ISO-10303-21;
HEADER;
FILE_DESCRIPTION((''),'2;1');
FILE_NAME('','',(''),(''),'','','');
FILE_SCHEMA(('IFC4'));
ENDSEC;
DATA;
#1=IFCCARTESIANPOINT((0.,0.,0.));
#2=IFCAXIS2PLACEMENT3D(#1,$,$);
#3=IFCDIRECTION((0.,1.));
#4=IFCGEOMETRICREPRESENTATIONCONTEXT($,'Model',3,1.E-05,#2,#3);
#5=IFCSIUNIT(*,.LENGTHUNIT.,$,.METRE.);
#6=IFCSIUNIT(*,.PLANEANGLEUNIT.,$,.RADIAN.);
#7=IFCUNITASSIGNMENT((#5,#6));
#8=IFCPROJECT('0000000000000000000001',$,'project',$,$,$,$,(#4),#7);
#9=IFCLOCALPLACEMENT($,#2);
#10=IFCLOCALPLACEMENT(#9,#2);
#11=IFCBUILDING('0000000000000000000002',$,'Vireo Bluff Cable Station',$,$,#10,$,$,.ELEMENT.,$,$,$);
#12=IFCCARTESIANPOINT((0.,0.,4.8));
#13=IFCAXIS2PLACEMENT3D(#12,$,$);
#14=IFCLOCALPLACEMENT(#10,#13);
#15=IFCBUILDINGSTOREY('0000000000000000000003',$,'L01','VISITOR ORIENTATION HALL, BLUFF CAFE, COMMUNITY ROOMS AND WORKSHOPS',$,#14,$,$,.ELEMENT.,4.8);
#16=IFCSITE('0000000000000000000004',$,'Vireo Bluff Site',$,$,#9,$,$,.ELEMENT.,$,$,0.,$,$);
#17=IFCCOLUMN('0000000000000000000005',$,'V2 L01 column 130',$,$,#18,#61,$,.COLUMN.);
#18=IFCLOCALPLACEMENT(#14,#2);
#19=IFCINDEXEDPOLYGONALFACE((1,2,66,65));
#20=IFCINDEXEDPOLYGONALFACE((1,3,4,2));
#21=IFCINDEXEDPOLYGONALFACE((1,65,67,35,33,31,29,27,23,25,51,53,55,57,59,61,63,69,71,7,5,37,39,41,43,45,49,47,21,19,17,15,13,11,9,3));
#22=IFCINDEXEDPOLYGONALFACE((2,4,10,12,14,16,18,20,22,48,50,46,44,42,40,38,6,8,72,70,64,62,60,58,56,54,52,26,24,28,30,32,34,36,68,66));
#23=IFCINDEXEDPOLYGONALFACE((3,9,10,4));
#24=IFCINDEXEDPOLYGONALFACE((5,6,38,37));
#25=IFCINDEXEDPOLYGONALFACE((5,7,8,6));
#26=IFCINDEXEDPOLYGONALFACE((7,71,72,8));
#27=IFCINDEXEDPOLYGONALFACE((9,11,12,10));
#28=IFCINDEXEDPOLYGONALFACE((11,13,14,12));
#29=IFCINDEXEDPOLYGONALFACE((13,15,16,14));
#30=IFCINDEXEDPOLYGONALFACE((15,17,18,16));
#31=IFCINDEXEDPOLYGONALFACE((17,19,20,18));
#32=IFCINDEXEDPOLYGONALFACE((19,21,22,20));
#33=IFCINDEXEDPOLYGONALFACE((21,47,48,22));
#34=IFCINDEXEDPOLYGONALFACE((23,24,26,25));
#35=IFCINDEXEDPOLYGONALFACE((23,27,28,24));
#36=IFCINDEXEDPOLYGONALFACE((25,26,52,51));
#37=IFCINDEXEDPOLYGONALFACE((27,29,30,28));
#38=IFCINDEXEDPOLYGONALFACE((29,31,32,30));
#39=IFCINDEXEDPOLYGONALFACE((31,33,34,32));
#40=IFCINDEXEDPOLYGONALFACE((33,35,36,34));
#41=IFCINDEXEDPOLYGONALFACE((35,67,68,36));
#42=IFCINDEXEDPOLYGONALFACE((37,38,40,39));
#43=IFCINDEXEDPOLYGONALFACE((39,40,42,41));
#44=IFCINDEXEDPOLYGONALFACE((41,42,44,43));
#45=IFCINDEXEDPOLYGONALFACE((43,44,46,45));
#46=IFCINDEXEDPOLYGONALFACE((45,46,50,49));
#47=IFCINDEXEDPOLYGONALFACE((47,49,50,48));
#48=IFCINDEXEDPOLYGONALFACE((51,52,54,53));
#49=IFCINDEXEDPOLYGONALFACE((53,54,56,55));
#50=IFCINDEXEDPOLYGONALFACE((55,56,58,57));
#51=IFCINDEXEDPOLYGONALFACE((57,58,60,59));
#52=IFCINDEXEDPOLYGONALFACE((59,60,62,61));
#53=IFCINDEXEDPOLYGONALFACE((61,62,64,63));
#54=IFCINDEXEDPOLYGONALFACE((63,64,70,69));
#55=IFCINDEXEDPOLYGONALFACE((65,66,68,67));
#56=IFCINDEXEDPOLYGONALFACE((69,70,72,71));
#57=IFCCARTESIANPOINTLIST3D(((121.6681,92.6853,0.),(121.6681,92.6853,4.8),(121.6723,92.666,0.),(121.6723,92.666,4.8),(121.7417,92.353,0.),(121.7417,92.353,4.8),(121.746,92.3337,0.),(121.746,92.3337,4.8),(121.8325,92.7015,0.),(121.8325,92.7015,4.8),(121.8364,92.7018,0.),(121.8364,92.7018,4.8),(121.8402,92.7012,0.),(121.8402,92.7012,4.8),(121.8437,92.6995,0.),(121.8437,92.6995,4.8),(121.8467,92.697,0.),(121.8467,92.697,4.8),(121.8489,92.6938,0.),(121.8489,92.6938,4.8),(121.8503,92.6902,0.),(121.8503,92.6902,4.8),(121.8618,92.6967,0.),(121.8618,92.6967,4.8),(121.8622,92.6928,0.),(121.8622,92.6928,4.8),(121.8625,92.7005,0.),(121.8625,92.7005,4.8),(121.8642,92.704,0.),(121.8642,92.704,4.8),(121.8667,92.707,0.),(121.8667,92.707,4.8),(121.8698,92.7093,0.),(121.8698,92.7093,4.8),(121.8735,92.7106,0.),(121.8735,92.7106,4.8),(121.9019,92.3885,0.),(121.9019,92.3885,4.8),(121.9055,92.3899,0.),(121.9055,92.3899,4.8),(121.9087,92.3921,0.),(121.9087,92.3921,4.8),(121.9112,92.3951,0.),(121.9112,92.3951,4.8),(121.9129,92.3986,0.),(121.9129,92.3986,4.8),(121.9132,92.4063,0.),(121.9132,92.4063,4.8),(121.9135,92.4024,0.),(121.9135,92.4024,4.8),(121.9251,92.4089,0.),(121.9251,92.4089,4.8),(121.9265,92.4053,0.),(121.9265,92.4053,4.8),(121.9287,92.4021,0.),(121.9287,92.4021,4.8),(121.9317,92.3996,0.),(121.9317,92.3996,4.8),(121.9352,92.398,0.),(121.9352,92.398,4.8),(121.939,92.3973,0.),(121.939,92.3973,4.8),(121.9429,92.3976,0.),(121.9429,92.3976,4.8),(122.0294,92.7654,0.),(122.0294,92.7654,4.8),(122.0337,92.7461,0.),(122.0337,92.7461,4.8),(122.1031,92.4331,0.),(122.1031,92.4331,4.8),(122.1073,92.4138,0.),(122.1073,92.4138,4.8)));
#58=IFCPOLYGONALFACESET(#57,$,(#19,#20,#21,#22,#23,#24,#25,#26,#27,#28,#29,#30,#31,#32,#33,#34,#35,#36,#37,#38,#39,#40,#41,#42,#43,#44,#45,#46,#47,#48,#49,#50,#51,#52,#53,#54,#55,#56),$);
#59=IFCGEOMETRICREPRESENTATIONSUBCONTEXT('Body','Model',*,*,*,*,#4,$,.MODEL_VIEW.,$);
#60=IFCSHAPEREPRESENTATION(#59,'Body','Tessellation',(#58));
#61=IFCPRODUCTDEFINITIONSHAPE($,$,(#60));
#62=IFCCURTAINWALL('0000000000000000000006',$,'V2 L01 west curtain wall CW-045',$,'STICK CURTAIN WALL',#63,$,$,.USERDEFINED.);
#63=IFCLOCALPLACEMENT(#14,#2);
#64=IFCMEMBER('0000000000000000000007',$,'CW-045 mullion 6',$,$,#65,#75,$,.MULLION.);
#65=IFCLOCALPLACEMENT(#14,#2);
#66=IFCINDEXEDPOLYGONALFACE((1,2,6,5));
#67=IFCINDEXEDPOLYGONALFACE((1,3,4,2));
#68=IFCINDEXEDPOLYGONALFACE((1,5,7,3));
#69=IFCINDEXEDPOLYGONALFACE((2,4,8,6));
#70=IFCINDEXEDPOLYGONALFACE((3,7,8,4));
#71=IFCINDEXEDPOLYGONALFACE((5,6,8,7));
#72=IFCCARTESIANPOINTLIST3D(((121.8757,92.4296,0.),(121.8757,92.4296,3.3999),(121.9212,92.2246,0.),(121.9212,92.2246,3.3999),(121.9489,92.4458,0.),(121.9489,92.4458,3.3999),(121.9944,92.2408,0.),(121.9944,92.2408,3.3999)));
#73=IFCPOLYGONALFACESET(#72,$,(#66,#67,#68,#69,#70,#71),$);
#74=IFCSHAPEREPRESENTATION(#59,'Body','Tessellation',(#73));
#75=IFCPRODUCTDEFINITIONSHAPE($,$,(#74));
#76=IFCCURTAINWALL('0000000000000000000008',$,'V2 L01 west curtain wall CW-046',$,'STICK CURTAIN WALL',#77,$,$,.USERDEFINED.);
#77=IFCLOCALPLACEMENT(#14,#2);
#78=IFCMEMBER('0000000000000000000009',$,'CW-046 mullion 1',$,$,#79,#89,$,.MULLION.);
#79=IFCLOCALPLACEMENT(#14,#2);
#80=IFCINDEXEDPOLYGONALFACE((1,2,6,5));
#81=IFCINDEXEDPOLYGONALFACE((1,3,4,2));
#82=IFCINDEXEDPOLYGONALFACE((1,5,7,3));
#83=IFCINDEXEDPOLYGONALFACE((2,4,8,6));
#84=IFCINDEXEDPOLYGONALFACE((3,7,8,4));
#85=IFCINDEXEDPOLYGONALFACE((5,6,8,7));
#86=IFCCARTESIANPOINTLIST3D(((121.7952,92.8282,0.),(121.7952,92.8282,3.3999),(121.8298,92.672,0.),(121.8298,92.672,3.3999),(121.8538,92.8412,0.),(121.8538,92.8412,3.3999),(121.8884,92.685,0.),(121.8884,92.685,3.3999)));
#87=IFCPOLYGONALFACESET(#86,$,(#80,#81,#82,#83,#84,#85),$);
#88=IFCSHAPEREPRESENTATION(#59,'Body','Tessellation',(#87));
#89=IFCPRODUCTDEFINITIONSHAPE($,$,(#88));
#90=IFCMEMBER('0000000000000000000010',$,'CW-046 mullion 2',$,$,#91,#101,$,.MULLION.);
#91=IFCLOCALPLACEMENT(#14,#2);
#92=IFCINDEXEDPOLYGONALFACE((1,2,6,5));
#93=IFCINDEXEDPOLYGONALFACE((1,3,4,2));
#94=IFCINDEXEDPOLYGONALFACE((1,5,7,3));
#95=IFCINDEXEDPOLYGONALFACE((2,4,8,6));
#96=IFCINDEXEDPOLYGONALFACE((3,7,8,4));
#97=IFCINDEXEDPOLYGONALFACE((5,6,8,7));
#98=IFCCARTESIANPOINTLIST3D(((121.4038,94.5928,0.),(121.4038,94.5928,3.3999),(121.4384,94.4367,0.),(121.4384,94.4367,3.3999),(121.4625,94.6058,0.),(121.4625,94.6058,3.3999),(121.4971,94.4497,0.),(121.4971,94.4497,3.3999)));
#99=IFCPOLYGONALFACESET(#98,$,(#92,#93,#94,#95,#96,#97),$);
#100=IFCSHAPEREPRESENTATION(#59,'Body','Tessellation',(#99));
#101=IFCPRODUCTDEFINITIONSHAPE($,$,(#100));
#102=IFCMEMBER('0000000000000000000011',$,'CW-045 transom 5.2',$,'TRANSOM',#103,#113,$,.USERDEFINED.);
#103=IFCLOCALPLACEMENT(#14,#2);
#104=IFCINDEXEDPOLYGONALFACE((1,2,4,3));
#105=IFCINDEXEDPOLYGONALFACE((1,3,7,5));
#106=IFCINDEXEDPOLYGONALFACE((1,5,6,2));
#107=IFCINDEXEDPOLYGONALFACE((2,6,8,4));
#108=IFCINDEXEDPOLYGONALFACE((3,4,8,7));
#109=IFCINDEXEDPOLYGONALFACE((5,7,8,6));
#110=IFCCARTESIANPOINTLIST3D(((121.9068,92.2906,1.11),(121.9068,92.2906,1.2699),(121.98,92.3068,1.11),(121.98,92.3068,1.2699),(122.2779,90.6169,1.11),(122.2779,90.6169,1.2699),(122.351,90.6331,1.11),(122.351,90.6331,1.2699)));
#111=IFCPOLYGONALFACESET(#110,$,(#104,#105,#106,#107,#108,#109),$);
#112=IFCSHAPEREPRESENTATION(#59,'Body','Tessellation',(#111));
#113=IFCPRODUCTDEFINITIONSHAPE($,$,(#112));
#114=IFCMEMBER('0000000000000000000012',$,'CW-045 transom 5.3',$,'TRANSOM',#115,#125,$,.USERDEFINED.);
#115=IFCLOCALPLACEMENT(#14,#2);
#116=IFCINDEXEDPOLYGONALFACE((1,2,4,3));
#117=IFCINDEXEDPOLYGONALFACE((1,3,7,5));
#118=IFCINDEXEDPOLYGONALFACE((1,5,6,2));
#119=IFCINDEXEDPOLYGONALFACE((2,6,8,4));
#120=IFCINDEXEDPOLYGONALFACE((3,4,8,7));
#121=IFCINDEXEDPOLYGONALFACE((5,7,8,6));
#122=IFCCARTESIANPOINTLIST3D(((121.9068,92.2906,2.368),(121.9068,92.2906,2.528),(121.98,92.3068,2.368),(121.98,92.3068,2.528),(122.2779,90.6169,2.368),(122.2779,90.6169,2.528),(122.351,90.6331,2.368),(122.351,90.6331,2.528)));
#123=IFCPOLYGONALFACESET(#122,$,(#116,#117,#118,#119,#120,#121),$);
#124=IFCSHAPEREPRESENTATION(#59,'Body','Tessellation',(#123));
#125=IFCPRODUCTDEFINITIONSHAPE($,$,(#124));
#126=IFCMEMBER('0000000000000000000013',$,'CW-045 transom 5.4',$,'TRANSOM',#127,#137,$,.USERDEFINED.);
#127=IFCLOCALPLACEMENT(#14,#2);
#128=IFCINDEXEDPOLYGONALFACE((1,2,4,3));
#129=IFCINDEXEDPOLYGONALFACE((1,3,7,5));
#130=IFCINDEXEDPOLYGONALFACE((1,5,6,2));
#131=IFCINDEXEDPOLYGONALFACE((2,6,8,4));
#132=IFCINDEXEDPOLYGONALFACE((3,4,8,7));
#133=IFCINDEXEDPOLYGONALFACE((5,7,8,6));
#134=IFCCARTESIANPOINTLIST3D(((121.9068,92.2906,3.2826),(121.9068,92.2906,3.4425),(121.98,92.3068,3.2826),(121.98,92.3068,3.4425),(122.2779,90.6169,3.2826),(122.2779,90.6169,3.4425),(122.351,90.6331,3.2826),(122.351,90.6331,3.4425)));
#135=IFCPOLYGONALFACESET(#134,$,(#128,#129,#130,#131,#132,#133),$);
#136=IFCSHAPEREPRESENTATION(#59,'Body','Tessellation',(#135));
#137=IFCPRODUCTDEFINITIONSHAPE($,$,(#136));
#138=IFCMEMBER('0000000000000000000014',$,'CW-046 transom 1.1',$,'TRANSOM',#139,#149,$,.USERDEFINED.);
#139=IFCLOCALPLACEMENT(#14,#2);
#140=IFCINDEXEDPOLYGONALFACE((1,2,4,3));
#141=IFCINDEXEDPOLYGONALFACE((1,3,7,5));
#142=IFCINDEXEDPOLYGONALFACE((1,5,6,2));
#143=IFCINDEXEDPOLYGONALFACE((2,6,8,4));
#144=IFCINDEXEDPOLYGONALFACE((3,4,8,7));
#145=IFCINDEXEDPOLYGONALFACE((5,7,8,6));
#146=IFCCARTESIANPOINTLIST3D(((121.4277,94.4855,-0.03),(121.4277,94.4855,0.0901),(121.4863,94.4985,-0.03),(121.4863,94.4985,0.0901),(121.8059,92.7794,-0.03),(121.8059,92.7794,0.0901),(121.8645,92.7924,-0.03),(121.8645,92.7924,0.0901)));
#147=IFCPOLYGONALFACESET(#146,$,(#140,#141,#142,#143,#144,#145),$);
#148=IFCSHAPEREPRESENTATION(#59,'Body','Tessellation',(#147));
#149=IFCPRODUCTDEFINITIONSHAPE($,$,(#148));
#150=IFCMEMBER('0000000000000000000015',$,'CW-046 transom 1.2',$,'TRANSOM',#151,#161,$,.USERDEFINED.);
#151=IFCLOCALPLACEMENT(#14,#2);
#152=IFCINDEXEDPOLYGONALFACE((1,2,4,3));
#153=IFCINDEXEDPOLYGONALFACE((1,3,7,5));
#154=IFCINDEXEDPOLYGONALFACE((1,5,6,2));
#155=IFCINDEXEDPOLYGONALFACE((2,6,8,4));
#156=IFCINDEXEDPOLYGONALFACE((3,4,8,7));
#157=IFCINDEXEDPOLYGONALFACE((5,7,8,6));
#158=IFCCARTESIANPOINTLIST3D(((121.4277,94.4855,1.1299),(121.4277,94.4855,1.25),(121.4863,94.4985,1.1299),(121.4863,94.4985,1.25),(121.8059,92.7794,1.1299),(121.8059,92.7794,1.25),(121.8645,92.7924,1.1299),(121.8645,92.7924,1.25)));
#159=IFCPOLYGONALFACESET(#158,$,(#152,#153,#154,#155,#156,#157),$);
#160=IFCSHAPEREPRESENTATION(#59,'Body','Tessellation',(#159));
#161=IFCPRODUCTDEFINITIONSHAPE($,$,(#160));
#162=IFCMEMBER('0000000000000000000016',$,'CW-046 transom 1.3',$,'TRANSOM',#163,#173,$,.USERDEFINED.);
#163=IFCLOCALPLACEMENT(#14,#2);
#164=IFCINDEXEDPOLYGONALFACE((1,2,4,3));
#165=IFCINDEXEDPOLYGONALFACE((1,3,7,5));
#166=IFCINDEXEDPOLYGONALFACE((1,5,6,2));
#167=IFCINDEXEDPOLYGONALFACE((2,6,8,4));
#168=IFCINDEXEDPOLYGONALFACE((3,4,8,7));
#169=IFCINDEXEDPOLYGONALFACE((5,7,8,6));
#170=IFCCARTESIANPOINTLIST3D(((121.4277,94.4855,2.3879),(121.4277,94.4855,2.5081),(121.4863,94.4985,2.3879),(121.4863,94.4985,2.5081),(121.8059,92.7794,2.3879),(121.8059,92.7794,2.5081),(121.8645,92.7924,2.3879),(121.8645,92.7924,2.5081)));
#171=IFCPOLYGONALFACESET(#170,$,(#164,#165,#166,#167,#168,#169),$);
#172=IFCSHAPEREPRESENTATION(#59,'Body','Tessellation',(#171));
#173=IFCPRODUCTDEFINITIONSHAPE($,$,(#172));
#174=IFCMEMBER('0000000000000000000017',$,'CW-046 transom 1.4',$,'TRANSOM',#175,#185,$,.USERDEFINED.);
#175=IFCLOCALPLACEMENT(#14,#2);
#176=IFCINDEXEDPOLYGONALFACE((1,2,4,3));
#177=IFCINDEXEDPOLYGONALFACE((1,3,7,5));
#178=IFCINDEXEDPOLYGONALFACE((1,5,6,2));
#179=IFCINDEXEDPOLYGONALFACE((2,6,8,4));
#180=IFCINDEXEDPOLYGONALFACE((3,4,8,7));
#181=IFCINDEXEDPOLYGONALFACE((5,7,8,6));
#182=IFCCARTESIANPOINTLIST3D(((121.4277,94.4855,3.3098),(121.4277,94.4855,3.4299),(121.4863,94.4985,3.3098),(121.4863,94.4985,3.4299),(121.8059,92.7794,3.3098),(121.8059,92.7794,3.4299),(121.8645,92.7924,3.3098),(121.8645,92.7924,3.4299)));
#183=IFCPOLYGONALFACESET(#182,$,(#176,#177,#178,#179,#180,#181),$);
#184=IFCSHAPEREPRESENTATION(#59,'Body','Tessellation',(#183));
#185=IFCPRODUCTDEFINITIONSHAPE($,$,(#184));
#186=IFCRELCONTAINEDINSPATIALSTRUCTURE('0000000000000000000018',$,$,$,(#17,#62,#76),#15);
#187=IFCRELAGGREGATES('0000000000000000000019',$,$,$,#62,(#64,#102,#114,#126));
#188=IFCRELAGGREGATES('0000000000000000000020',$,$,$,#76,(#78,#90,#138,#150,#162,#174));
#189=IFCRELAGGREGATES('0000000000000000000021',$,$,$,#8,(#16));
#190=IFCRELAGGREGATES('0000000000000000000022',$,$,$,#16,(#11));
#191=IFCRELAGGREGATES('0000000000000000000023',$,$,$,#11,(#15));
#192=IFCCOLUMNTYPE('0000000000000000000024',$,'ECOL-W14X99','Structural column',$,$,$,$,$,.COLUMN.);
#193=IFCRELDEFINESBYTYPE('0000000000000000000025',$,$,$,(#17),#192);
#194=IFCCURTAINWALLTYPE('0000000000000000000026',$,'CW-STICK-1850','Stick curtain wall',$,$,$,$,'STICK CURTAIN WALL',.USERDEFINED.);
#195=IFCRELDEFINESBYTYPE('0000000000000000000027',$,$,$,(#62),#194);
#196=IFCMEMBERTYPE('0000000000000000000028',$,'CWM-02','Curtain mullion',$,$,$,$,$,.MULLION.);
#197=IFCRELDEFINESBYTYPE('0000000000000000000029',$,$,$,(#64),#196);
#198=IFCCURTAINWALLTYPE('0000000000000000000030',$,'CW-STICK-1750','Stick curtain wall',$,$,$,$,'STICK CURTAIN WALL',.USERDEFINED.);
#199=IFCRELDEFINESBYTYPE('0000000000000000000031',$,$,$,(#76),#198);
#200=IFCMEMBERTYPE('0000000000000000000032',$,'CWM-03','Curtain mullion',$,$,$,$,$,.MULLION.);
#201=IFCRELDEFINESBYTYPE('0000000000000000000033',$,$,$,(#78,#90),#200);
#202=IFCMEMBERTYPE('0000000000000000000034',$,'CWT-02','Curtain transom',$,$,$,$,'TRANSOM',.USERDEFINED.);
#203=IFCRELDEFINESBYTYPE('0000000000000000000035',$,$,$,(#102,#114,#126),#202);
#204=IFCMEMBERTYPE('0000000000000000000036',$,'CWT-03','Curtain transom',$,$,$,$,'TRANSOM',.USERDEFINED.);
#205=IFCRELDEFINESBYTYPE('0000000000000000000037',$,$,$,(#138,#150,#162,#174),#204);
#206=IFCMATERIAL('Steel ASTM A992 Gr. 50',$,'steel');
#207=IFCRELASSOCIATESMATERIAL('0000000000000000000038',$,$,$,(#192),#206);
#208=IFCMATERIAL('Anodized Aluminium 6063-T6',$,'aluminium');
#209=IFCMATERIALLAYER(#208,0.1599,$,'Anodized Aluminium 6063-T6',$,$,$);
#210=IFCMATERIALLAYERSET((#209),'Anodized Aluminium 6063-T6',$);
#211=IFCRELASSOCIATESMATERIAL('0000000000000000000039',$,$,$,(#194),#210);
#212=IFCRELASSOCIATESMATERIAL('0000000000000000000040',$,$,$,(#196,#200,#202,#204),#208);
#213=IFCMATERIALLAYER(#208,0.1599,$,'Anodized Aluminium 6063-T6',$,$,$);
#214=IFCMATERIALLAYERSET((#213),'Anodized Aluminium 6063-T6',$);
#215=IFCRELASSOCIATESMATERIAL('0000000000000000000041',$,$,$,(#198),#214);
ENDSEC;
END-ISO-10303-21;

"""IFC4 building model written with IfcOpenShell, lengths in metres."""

from ifc_helpers import new_model, si_unit, direction, frame, origin, origin_2d, place, context, subcontext, project, spatial, rectangle, i_section, extrude, material, layer, layer_set, material_profile, profile_set, type_object, element, aggregate, save


model = new_model("IFC4")

# Units and contexts
model_context = context("Model", 3, precision=1e-05, world=origin(), true_north=direction((0.0, 1.0)))
body_context = subcontext(model_context, "Body", "Model", "MODEL_VIEW")
ifc_project = project(units=[si_unit("LENGTHUNIT", "METRE"), si_unit("PLANEANGLEUNIT", "RADIAN")], contexts=[model_context])

# Site, building, storey
site_placement = place(None, origin())
site = spatial("IfcSite", under=ifc_project, at=site_placement, Name="Vireo Bluff Site", CompositionType="ELEMENT", RefElevation=0.0)
building_placement = place(site_placement, origin())
building = spatial("IfcBuilding", under=site, at=building_placement, Name="Vireo Bluff Cable Station", CompositionType="ELEMENT")
storey_placement = place(building_placement, frame((0.0, 0.0, 4.8)))
storey = spatial("IfcBuildingStorey", under=building, at=storey_placement, Name="L01", Description="VISITOR ORIENTATION HALL, BLUFF CAFE, COMMUNITY ROOMS AND WORKSHOPS", CompositionType="ELEMENT", Elevation=4.8)

# Column
ifc_material_1 = material(Name="Steel ASTM A992 Gr. 50", Category="steel")
ifc_material_profile_1 = material_profile(ifc_material_1, i_section(OverallWidth=0.3701, OverallDepth=0.3601, WebThickness=0.0122, FlangeThickness=0.0198, FilletRadius=0.0149, at=origin_2d()), Name="W14X99")
ifc_profile_set_1 = profile_set([ifc_material_profile_1], Name="Steel ASTM A992 Gr. 50")
column_type = type_object("IfcColumnType", Name="ECOL-W14X99", Description="Structural column", PredefinedType="COLUMN", material=ifc_profile_set_1)
column_placement = place(storey_placement, frame((121.8877, 92.5496, 0.0), z_axis=(0.0, 0.0, 1.0), x_axis=(0.976296, 0.21644, 0.0)))
element("IfcColumn", 1, at=column_placement, inside=storey, type_object=column_type, Name="V2 L01 column 130", PredefinedType="COLUMN", context=body_context, shape_type="SweptSolid", body=[
    extrude(i_section(OverallWidth=0.3701, OverallDepth=0.3601, WebThickness=0.0122, FlangeThickness=0.0198, FilletRadius=0.0149, at=origin_2d()), origin(), (0.0, 0.0, 1.0), 4.8),
])

# Curtain wall, member
ifc_material_2 = material(Name="Anodized Aluminium 6063-T6", Category="aluminium")
ifc_layer_1 = layer(ifc_material_2, 0.1599, Name="Anodized Aluminium 6063-T6")
ifc_layer_set_1 = layer_set([ifc_layer_1], Name="Anodized Aluminium 6063-T6")
curtain_wall_type_1 = type_object("IfcCurtainWallType", Name="CW-STICK-1850", Description="Stick curtain wall", ElementType="STICK CURTAIN WALL", PredefinedType="USERDEFINED", material=ifc_layer_set_1)
curtain_wall_1_placement = place(storey_placement, origin())
curtain_wall_1 = element("IfcCurtainWall", 2, at=curtain_wall_1_placement, inside=storey, type_object=curtain_wall_type_1, Name="V2 L01 west curtain wall CW-045", ObjectType="STICK CURTAIN WALL", PredefinedType="USERDEFINED")
ifc_material_profile_2 = material_profile(ifc_material_2, rectangle(XDim=0.075, YDim=0.21, at=origin_2d()), Name="ALU-M-75X210")
ifc_profile_set_2 = profile_set([ifc_material_profile_2], Name="Anodized Aluminium 6063-T6")
member_type_1 = type_object("IfcMemberType", Name="CWM-02", Description="Curtain mullion", PredefinedType="MULLION", material=ifc_profile_set_2)
member_1_placement = place(storey_placement, frame((121.9351, 92.3352, 0.0), z_axis=(0.0, 0.0, 1.0), x_axis=(-0.976296, -0.21644, 0.0)))
member_1 = element("IfcMember", 3, at=member_1_placement, type_object=member_type_1, Name="CW-045 mullion 6", PredefinedType="MULLION", context=body_context, shape_type="SweptSolid", body=[
    extrude(rectangle(XDim=0.075, YDim=0.21, at=origin_2d()), origin(), (0.0, 0.0, 1.0), 3.3999),
])

# Curtain wall, members
ifc_layer_2 = layer(ifc_material_2, 0.1599, Name="Anodized Aluminium 6063-T6")
ifc_layer_set_2 = layer_set([ifc_layer_2], Name="Anodized Aluminium 6063-T6")
curtain_wall_type_2 = type_object("IfcCurtainWallType", Name="CW-STICK-1750", Description="Stick curtain wall", ElementType="STICK CURTAIN WALL", PredefinedType="USERDEFINED", material=ifc_layer_set_2)
curtain_wall_2_placement = place(storey_placement, origin())
curtain_wall_2 = element("IfcCurtainWall", 4, at=curtain_wall_2_placement, inside=storey, type_object=curtain_wall_type_2, Name="V2 L01 west curtain wall CW-046", ObjectType="STICK CURTAIN WALL", PredefinedType="USERDEFINED")
ifc_material_profile_3 = material_profile(ifc_material_2, rectangle(XDim=0.0601, YDim=0.1599, at=origin_2d()), Name="ALU-M-60X160")
ifc_profile_set_3 = profile_set([ifc_material_profile_3], Name="Anodized Aluminium 6063-T6")
member_type_2 = type_object("IfcMemberType", Name="CWM-03", Description="Curtain mullion", PredefinedType="MULLION", material=ifc_profile_set_3)
member_2_placement = place(storey_placement, frame((121.8418, 92.7566, 0.0), z_axis=(0.0, 0.0, 1.0), x_axis=(-0.976296, -0.21644, 0.0)))
member_2 = element("IfcMember", 5, at=member_2_placement, type_object=member_type_2, Name="CW-046 mullion 1", PredefinedType="MULLION", context=body_context, shape_type="SweptSolid", body=[
    extrude(rectangle(XDim=0.0601, YDim=0.1599, at=origin_2d()), origin(), (0.0, 0.0, 1.0), 3.3999),
])
member_3_placement = place(storey_placement, frame((121.4504, 94.5212, 0.0), z_axis=(0.0, 0.0, 1.0), x_axis=(-0.976296, -0.21644, 0.0)))
member_3 = element("IfcMember", 6, at=member_3_placement, type_object=member_type_2, Name="CW-046 mullion 2", PredefinedType="MULLION", context=body_context, shape_type="SweptSolid", body=[
    extrude(rectangle(XDim=0.0601, YDim=0.1599, at=origin_2d()), origin(), (0.0, 0.0, 1.0), 3.3999),
])

# Members
ifc_material_profile_4 = material_profile(ifc_material_2, rectangle(XDim=0.075, YDim=0.1599, at=origin_2d()), Name="ALU-T-75X160")
ifc_profile_set_4 = profile_set([ifc_material_profile_4], Name="Anodized Aluminium 6063-T6")
member_type_3 = type_object("IfcMemberType", Name="CWT-02", Description="Curtain transom", ElementType="TRANSOM", PredefinedType="USERDEFINED", material=ifc_profile_set_4)
member_4_placement = place(storey_placement, frame((122.3145, 90.625, 1.1899), z_axis=(-0.216448, 0.976294, 0.0), x_axis=(-0.976294, -0.216448, 0.0)))
member_4 = element("IfcMember", 7, at=member_4_placement, type_object=member_type_3, Name="CW-045 transom 5.2", ObjectType="TRANSOM", PredefinedType="USERDEFINED", context=body_context, shape_type="SweptSolid", body=[
    extrude(rectangle(XDim=0.075, YDim=0.1599, at=origin_2d()), origin(), (0.0, 0.0, 1.0), 1.7144),
])
member_5_placement = place(storey_placement, frame((122.3145, 90.625, 2.448), z_axis=(-0.216448, 0.976294, 0.0), x_axis=(-0.976294, -0.216448, 0.0)))
member_5 = element("IfcMember", 8, at=member_5_placement, type_object=member_type_3, Name="CW-045 transom 5.3", ObjectType="TRANSOM", PredefinedType="USERDEFINED", context=body_context, shape_type="SweptSolid", body=[
    extrude(rectangle(XDim=0.075, YDim=0.1599, at=origin_2d()), origin(), (0.0, 0.0, 1.0), 1.7144),
])
member_6_placement = place(storey_placement, frame((122.3145, 90.625, 3.3625), z_axis=(-0.216448, 0.976294, 0.0), x_axis=(-0.976294, -0.216448, 0.0)))
member_6 = element("IfcMember", 9, at=member_6_placement, type_object=member_type_3, Name="CW-045 transom 5.4", ObjectType="TRANSOM", PredefinedType="USERDEFINED", context=body_context, shape_type="SweptSolid", body=[
    extrude(rectangle(XDim=0.075, YDim=0.1599, at=origin_2d()), origin(), (0.0, 0.0, 1.0), 1.7144),
])
ifc_material_profile_5 = material_profile(ifc_material_2, rectangle(XDim=0.0601, YDim=0.1201, at=origin_2d()), Name="ALU-T-60X120")
ifc_profile_set_5 = profile_set([ifc_material_profile_5], Name="Anodized Aluminium 6063-T6")
member_type_4 = type_object("IfcMemberType", Name="CWT-03", Description="Curtain transom", ElementType="TRANSOM", PredefinedType="USERDEFINED", material=ifc_profile_set_5)
member_7_placement = place(storey_placement, frame((121.8352, 92.7859, 0.03), z_axis=(-0.216413, 0.976302, 0.0), x_axis=(-0.976302, -0.216413, 0.0)))
member_7 = element("IfcMember", 10, at=member_7_placement, type_object=member_type_4, Name="CW-046 transom 1.1", ObjectType="TRANSOM", PredefinedType="USERDEFINED", context=body_context, shape_type="SweptSolid", body=[
    extrude(rectangle(XDim=0.0601, YDim=0.1201, at=origin_2d()), origin(), (0.0, 0.0, 1.0), 1.7476),
])
member_8_placement = place(storey_placement, frame((121.8352, 92.7859, 1.1899), z_axis=(-0.216413, 0.976302, 0.0), x_axis=(-0.976302, -0.216413, 0.0)))
member_8 = element("IfcMember", 11, at=member_8_placement, type_object=member_type_4, Name="CW-046 transom 1.2", ObjectType="TRANSOM", PredefinedType="USERDEFINED", context=body_context, shape_type="SweptSolid", body=[
    extrude(rectangle(XDim=0.0601, YDim=0.1201, at=origin_2d()), origin(), (0.0, 0.0, 1.0), 1.7476),
])
member_9_placement = place(storey_placement, frame((121.8352, 92.7859, 2.448), z_axis=(-0.216413, 0.976302, 0.0), x_axis=(-0.976302, -0.216413, 0.0)))
member_9 = element("IfcMember", 12, at=member_9_placement, type_object=member_type_4, Name="CW-046 transom 1.3", ObjectType="TRANSOM", PredefinedType="USERDEFINED", context=body_context, shape_type="SweptSolid", body=[
    extrude(rectangle(XDim=0.0601, YDim=0.1201, at=origin_2d()), origin(), (0.0, 0.0, 1.0), 1.7476),
])
member_10_placement = place(storey_placement, frame((121.8352, 92.7859, 3.3699), z_axis=(-0.216413, 0.976302, 0.0), x_axis=(-0.976302, -0.216413, 0.0)))
member_10 = element("IfcMember", 13, at=member_10_placement, type_object=member_type_4, Name="CW-046 transom 1.4", ObjectType="TRANSOM", PredefinedType="USERDEFINED", context=body_context, shape_type="SweptSolid", body=[
    extrude(rectangle(XDim=0.0601, YDim=0.1201, at=origin_2d()), origin(), (0.0, 0.0, 1.0), 1.7476),
])

aggregate(curtain_wall_1, [member_1, member_4, member_5, member_6])
aggregate(curtain_wall_2, [member_2, member_3, member_7, member_8, member_9, member_10])

save(model, "model.ifc")
